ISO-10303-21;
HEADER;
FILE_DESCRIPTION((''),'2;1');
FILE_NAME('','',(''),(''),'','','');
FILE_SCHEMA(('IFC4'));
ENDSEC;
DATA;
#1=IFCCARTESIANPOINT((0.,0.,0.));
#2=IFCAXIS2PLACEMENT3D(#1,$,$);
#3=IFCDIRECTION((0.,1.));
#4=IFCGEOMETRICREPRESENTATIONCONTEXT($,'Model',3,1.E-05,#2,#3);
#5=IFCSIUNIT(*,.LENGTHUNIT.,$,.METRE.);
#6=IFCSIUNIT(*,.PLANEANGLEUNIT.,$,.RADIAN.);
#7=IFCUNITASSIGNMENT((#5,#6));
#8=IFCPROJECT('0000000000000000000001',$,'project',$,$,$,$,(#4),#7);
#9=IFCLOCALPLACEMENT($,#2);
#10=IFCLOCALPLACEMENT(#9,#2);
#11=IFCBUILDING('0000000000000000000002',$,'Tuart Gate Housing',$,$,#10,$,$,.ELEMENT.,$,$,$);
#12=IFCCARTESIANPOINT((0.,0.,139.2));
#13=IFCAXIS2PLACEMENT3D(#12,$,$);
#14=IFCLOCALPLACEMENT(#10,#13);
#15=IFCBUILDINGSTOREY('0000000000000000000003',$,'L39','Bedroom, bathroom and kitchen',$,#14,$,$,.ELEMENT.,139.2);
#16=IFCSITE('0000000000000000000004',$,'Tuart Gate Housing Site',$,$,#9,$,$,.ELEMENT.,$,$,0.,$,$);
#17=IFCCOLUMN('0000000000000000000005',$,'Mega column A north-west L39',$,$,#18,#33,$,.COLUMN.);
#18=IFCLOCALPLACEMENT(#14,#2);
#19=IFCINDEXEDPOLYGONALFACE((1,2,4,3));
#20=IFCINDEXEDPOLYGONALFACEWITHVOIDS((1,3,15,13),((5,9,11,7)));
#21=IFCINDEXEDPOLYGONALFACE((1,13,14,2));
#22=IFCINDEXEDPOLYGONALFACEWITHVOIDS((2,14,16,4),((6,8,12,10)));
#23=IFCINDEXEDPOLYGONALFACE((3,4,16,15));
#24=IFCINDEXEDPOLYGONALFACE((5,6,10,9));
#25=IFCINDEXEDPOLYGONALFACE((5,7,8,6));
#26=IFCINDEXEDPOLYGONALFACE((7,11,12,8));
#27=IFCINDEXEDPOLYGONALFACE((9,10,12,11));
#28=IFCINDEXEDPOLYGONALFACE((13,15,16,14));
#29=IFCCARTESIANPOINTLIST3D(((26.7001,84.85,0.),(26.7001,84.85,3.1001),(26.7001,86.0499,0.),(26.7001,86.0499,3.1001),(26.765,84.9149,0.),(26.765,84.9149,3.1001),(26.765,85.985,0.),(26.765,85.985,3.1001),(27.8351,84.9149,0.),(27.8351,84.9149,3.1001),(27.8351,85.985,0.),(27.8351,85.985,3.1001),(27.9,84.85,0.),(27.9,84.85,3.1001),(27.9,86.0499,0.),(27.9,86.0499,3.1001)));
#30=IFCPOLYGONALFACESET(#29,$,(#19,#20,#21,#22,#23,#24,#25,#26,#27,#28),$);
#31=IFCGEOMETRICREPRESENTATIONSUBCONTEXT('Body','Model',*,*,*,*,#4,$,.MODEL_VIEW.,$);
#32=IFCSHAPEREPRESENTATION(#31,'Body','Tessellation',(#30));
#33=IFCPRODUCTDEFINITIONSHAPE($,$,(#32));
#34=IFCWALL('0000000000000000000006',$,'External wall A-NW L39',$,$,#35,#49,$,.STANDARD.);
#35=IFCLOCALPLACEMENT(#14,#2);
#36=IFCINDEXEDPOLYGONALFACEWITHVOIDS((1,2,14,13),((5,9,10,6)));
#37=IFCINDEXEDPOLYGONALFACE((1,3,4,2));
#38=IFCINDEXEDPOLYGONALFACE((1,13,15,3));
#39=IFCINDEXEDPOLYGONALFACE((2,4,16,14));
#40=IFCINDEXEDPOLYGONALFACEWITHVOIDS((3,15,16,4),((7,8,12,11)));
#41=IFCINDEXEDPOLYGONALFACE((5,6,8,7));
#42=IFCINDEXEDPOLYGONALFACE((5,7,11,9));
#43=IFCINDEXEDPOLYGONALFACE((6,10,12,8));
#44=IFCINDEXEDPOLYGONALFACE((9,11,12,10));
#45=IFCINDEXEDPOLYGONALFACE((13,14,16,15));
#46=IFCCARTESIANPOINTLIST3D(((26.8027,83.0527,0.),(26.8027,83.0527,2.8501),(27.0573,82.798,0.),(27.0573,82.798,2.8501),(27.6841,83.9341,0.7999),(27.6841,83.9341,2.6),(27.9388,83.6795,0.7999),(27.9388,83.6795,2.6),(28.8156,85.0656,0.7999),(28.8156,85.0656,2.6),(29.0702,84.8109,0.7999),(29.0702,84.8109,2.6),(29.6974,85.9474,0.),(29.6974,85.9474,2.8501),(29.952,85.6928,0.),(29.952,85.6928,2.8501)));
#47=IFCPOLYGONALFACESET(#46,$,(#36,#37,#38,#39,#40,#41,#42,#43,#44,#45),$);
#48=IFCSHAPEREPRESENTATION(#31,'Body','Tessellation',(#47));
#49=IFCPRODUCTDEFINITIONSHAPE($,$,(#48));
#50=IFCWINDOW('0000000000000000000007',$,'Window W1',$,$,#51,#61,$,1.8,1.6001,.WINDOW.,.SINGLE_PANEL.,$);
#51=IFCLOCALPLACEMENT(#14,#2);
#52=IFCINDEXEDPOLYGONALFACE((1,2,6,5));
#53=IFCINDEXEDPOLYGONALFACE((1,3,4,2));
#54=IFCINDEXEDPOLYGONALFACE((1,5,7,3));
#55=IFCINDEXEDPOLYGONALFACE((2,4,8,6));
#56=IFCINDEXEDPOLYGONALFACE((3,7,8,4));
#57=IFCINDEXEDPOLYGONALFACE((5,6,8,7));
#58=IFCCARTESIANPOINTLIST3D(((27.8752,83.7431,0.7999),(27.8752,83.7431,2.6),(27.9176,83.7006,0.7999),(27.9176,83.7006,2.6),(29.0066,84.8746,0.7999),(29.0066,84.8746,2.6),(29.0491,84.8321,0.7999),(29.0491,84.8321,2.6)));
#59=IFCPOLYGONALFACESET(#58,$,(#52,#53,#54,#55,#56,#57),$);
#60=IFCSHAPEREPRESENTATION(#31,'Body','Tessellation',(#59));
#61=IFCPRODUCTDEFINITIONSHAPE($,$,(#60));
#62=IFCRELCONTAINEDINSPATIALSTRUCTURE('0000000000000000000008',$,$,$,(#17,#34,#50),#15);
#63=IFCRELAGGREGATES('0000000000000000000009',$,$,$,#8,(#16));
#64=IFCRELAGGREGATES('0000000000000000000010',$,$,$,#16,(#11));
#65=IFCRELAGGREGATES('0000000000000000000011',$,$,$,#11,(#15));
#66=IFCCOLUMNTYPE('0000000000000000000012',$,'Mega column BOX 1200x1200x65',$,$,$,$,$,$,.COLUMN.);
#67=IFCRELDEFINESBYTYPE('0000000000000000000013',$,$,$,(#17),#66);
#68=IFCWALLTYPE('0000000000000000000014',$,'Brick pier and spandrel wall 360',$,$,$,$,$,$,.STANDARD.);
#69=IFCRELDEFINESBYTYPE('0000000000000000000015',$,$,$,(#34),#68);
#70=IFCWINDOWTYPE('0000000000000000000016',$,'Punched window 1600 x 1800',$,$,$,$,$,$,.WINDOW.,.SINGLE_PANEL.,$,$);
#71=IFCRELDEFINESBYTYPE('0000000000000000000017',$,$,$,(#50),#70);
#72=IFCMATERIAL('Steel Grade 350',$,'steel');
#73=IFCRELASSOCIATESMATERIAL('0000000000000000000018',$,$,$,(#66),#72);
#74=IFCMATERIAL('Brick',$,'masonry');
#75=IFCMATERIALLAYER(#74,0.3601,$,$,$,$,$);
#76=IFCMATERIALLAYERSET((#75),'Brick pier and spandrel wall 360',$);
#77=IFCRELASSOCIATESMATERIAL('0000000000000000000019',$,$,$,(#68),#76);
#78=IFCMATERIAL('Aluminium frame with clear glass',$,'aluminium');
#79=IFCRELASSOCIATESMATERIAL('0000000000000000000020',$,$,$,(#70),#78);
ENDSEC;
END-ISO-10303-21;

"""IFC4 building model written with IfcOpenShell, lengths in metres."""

from ifc_helpers import new_model, si_unit, direction, frame, frame_2d, origin, origin_2d, place, context, subcontext, project, spatial, rectangle, hollow_rectangle, extrude, material, layer, layer_set, material_profile, profile_set, type_object, element, fill, save


model = new_model("IFC4")

# Units and contexts
model_context = context("Model", 3, precision=1e-05, world=origin(), true_north=direction((0.0, 1.0)))
body_context = subcontext(model_context, "Body", "Model", "MODEL_VIEW")
ifc_project = project(units=[si_unit("LENGTHUNIT", "METRE"), si_unit("PLANEANGLEUNIT", "RADIAN")], contexts=[model_context])

# Site, building, storey
site_placement = place(None, origin())
site = spatial("IfcSite", under=ifc_project, at=site_placement, Name="Tuart Gate Housing Site", CompositionType="ELEMENT", RefElevation=0.0)
building_placement = place(site_placement, origin())
building = spatial("IfcBuilding", under=site, at=building_placement, Name="Tuart Gate Housing", CompositionType="ELEMENT")
storey_placement = place(building_placement, frame((0.0, 0.0, 139.2)))
storey = spatial("IfcBuildingStorey", under=building, at=storey_placement, Name="L39", Description="Bedroom, bathroom and kitchen", CompositionType="ELEMENT", Elevation=139.2)

# Column
ifc_material_1 = material(Name="Steel Grade 350", Category="steel")
ifc_material_profile = material_profile(ifc_material_1, hollow_rectangle(XDim=1.2, YDim=1.2, WallThickness=0.0649, at=origin_2d()), Name="BOX 1200x1200x65")
ifc_profile_set = profile_set([ifc_material_profile], Name="Steel Grade 350")
column_type = type_object("IfcColumnType", Name="Mega column BOX 1200x1200x65", PredefinedType="COLUMN", material=ifc_profile_set)
column_placement = place(storey_placement, frame((27.3, 85.45, 0.0), z_axis=(0.0, 0.0, 1.0), x_axis=(1.0, 0.0, 0.0)))
element("IfcColumn", 1, at=column_placement, inside=storey, type_object=column_type, Name="Mega column A north-west L39", PredefinedType="COLUMN", context=body_context, shape_type="SweptSolid", body=[
    extrude(hollow_rectangle(XDim=1.2, YDim=1.2, WallThickness=0.0649, at=origin_2d()), origin(), (0.0, 0.0, 1.0), 3.1001),
])

# Wall, opening, window
ifc_material_2 = material(Name="Brick", Category="masonry")
ifc_layer_1 = layer(ifc_material_2, 0.3601)
ifc_layer_set_1 = layer_set([ifc_layer_1], Name="Brick pier and spandrel wall 360")
wall_type_1 = type_object("IfcWallType", Name="Brick pier and spandrel wall 360", PredefinedType="STANDARD", material=ifc_layer_set_1)
wall_1_placement = place(storey_placement, frame((29.8247, 85.8201, 0.0), z_axis=(0.0, 0.0, 1.0), x_axis=(-0.707107, -0.707107, 0.0)))
wall_1 = element("IfcWall", 2, at=wall_1_placement, inside=storey, type_object=wall_type_1, Name="External wall A-NW L39", PredefinedType="STANDARD", context=body_context, shape_type="SweptSolid", body=[
    extrude(rectangle(XDim=4.0938, YDim=0.3601, at=frame_2d((2.0469, 0.0))), origin(), (0.0, 0.0, 1.0), 2.8501),
])
opening_1_placement = place(wall_1_placement, frame((1.2471, 0.0, 0.8)))
opening_1 = element("IfcOpeningElement", 3, at=opening_1_placement, cuts=wall_1, PredefinedType="OPENING", context=body_context, shape_type="SweptSolid", body=[
    extrude(rectangle(XDim=1.6001, YDim=1.8, at=frame_2d((0.8, 0.8999))), frame((0.0, 0.1899, 0.0), z_axis=(0.0, -1.0, 0.0), x_axis=(1.0, 0.0, 0.0)), (0.0, 0.0, 1.0), 0.3801),
])
ifc_material_3 = material(Name="Aluminium frame with clear glass", Category="aluminium")
window_type = type_object("IfcWindowType", Name="Punched window 1600 x 1800", PartitioningType="SINGLE_PANEL", PredefinedType="WINDOW", material=ifc_material_3)
window_1_placement = place(opening_1_placement, origin())
window_1 = element("IfcWindow", 4, at=window_1_placement, inside=storey, type_object=window_type, Name="Window W1", OverallHeight=1.8, OverallWidth=1.6001, PartitioningType="SINGLE_PANEL", PredefinedType="WINDOW", context=body_context, shape_type="SweptSolid", body=[
    extrude(rectangle(XDim=1.6001, YDim=1.8, at=frame_2d((0.8, 0.8999))), frame((0.0, 0.1501, 0.0), z_axis=(0.0, -1.0, 0.0), x_axis=(1.0, 0.0, 0.0)), (0.0, 0.0, 1.0), 0.0601),
])
fill(opening_1, window_1)

save(model, "model.ifc")
